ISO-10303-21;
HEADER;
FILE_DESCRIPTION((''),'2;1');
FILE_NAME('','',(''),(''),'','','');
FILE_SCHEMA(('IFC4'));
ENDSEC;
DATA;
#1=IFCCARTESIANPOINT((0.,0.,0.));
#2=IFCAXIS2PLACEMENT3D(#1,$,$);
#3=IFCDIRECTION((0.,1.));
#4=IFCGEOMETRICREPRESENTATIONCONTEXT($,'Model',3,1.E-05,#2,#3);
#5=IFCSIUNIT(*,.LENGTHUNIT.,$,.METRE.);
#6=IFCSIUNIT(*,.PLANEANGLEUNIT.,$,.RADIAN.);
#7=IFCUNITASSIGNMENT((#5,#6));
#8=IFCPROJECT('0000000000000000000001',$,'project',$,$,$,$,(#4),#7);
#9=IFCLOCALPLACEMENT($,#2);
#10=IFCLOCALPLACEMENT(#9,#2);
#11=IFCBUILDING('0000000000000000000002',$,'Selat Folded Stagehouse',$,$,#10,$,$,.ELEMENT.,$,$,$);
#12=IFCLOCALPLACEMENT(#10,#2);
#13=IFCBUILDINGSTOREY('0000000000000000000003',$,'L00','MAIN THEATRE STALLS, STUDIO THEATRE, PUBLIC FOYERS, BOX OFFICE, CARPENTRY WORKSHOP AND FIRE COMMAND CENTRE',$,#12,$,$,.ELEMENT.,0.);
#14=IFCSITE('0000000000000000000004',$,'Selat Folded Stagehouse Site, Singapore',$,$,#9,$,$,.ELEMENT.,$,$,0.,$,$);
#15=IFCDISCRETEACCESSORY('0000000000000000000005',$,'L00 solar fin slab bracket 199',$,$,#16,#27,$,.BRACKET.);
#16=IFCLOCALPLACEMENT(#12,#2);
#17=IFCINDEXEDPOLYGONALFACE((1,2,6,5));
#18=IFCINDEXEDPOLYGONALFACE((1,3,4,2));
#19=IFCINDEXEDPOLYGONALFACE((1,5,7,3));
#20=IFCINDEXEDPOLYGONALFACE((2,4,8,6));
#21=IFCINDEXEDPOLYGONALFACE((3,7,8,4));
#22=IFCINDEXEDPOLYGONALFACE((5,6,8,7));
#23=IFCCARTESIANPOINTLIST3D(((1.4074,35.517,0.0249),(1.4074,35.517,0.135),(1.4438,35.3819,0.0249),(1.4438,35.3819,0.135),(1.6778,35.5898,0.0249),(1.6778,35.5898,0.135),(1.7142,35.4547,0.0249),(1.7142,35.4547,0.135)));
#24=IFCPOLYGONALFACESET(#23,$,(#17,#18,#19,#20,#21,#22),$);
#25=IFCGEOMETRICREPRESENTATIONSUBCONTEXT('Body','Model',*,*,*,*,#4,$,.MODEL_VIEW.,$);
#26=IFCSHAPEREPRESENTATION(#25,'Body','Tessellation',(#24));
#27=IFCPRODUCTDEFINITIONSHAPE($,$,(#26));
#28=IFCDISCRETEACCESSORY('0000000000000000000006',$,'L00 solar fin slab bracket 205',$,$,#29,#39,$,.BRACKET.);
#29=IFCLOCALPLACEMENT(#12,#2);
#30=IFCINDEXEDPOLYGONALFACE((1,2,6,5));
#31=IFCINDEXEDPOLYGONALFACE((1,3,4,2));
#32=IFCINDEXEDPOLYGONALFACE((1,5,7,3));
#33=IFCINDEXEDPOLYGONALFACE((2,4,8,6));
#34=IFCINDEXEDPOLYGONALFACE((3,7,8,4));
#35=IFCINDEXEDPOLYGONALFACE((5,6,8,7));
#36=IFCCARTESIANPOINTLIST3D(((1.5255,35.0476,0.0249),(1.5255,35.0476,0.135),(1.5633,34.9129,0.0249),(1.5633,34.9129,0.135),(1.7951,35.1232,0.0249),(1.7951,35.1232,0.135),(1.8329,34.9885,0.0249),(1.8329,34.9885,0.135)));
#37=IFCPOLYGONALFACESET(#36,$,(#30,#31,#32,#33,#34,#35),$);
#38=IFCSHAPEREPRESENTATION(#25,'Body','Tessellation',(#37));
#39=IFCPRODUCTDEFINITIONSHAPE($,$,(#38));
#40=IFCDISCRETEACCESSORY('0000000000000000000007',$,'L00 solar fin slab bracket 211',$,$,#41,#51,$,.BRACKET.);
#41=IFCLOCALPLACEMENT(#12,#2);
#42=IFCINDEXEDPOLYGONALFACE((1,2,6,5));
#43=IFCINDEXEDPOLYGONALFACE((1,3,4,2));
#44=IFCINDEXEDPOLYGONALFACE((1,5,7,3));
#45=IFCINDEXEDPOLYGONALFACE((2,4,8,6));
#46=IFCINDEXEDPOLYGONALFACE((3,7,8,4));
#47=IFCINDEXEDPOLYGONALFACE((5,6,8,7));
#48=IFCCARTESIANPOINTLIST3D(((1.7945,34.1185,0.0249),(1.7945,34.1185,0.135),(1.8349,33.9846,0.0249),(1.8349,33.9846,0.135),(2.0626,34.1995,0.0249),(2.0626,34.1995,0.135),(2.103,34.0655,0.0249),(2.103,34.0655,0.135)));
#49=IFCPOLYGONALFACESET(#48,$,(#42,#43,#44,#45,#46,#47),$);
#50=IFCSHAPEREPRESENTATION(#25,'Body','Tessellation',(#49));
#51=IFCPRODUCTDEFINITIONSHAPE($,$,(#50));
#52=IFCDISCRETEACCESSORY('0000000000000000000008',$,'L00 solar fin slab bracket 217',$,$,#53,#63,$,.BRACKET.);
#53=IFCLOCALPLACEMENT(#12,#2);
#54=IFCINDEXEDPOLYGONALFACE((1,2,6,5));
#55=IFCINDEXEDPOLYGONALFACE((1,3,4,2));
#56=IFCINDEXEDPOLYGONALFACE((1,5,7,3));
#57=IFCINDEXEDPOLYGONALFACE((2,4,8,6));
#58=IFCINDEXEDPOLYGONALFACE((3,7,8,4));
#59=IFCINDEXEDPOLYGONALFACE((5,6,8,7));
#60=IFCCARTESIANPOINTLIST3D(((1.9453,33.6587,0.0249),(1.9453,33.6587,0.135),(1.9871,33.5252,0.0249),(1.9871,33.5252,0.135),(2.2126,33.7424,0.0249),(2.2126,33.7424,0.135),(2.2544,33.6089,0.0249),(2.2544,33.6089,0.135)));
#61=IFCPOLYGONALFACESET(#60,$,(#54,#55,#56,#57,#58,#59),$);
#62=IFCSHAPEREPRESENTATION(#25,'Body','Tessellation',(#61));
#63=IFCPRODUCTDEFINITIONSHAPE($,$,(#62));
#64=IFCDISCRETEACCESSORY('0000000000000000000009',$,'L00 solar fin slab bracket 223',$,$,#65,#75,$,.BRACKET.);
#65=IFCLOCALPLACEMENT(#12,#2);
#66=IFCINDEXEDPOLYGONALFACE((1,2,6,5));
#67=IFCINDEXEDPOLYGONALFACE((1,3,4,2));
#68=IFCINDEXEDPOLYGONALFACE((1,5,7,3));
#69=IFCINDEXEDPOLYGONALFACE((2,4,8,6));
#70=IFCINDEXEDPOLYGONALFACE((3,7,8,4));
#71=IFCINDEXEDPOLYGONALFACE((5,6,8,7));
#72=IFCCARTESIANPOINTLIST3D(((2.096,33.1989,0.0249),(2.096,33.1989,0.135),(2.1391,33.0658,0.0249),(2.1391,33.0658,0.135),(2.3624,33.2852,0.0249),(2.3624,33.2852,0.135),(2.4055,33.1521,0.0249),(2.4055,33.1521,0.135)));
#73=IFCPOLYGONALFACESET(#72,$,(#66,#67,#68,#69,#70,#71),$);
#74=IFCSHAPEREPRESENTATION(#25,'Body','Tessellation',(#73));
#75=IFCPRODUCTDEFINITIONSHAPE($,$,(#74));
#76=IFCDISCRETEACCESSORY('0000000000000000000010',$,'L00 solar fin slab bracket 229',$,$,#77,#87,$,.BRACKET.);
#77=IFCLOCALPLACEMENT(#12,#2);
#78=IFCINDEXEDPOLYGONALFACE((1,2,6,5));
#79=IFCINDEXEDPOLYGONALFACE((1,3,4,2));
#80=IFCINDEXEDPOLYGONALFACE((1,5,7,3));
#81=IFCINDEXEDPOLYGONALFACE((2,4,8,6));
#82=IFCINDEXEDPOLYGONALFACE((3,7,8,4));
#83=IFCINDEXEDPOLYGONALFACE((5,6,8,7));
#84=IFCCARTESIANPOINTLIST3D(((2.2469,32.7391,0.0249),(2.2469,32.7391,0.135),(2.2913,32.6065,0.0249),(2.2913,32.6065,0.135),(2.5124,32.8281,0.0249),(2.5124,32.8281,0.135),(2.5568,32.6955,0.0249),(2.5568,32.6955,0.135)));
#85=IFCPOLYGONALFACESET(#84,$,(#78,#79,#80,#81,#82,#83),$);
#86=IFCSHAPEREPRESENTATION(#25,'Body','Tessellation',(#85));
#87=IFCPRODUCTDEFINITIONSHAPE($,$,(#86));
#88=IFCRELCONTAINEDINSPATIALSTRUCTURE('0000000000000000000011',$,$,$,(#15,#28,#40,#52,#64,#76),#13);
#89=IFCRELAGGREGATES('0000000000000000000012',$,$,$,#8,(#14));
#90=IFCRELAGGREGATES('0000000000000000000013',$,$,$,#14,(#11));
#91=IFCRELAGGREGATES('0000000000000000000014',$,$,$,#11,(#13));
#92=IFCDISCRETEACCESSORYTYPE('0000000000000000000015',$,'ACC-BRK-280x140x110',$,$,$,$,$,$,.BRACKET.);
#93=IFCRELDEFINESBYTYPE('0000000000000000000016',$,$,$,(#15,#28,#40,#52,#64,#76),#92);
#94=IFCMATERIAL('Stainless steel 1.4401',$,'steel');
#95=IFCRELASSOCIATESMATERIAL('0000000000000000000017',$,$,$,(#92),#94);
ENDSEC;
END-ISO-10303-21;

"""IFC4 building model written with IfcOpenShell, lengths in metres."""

from ifc_helpers import new_model, si_unit, direction, frame, origin, origin_2d, place, context, subcontext, project, spatial, rectangle, extrude, material, type_object, element, save


model = new_model("IFC4")

# Units and contexts
model_context = context("Model", 3, precision=1e-05, world=origin(), true_north=direction((0.0, 1.0)))
body_context = subcontext(model_context, "Body", "Model", "MODEL_VIEW")
ifc_project = project(units=[si_unit("LENGTHUNIT", "METRE"), si_unit("PLANEANGLEUNIT", "RADIAN")], contexts=[model_context])

# Site, building, storey
site_placement = place(None, origin())
site = spatial("IfcSite", under=ifc_project, at=site_placement, Name="Selat Folded Stagehouse Site, Singapore", CompositionType="ELEMENT", RefElevation=0.0)
building_placement = place(site_placement, origin())
building = spatial("IfcBuilding", under=site, at=building_placement, Name="Selat Folded Stagehouse", CompositionType="ELEMENT")
storey_placement = place(building_placement, origin())
storey = spatial("IfcBuildingStorey", under=building, at=storey_placement, Name="L00", Description="MAIN THEATRE STALLS, STUDIO THEATRE, PUBLIC FOYERS, BOX OFFICE, CARPENTRY WORKSHOP AND FIRE COMMAND CENTRE", CompositionType="ELEMENT", Elevation=0.0)

# Discrete accessories
ifc_material_1 = material(Name="Stainless steel 1.4401", Category="steel")
discrete_accessory_type = type_object("IfcDiscreteAccessoryType", Name="ACC-BRK-280x140x110", PredefinedType="BRACKET", material=ifc_material_1)
for number, where, z_axis, x_axis, name in (
    (1, (1.5608, 35.4858, 0.0249), (0.0, 0.0, 1.0), (-0.965564, -0.260167, 0.0), "L00 solar fin slab bracket 199"),
    (2, (1.6792, 35.0181, 0.0249), (0.0, 0.0, 1.0), (-0.96288, -0.269928, 0.0), "L00 solar fin slab bracket 205"),
    (3, (1.9487, 34.092, 0.0249), (0.0, 0.0, 1.0), (-0.957319, -0.289032, 0.0), "L00 solar fin slab bracket 211"),
    (4, (2.0999, 33.6338, 0.0249), (0.0, 0.0, 1.0), (-0.954345, -0.298708, 0.0), "L00 solar fin slab bracket 217"),
    (5, (2.2507, 33.1755, 0.0249), (0.0, 0.0, 1.0), (-0.951326, -0.308187, 0.0), "L00 solar fin slab bracket 223"),
    (6, (2.4019, 32.7173, 0.0249), (0.0, 0.0, 1.0), (-0.948157, -0.317801, 0.0), "L00 solar fin slab bracket 229"),
):
    element("IfcDiscreteAccessory", number, at=place(storey_placement, frame(where, z_axis=z_axis, x_axis=x_axis)), inside=storey, type_object=discrete_accessory_type, Name=name, PredefinedType="BRACKET", context=body_context, shape_type="SweptSolid", body=[
        extrude(rectangle(XDim=0.28, YDim=0.1399, at=origin_2d()), origin(), (0.0, 0.0, 1.0), 0.1101),
    ])

save(model, "model.ifc")
